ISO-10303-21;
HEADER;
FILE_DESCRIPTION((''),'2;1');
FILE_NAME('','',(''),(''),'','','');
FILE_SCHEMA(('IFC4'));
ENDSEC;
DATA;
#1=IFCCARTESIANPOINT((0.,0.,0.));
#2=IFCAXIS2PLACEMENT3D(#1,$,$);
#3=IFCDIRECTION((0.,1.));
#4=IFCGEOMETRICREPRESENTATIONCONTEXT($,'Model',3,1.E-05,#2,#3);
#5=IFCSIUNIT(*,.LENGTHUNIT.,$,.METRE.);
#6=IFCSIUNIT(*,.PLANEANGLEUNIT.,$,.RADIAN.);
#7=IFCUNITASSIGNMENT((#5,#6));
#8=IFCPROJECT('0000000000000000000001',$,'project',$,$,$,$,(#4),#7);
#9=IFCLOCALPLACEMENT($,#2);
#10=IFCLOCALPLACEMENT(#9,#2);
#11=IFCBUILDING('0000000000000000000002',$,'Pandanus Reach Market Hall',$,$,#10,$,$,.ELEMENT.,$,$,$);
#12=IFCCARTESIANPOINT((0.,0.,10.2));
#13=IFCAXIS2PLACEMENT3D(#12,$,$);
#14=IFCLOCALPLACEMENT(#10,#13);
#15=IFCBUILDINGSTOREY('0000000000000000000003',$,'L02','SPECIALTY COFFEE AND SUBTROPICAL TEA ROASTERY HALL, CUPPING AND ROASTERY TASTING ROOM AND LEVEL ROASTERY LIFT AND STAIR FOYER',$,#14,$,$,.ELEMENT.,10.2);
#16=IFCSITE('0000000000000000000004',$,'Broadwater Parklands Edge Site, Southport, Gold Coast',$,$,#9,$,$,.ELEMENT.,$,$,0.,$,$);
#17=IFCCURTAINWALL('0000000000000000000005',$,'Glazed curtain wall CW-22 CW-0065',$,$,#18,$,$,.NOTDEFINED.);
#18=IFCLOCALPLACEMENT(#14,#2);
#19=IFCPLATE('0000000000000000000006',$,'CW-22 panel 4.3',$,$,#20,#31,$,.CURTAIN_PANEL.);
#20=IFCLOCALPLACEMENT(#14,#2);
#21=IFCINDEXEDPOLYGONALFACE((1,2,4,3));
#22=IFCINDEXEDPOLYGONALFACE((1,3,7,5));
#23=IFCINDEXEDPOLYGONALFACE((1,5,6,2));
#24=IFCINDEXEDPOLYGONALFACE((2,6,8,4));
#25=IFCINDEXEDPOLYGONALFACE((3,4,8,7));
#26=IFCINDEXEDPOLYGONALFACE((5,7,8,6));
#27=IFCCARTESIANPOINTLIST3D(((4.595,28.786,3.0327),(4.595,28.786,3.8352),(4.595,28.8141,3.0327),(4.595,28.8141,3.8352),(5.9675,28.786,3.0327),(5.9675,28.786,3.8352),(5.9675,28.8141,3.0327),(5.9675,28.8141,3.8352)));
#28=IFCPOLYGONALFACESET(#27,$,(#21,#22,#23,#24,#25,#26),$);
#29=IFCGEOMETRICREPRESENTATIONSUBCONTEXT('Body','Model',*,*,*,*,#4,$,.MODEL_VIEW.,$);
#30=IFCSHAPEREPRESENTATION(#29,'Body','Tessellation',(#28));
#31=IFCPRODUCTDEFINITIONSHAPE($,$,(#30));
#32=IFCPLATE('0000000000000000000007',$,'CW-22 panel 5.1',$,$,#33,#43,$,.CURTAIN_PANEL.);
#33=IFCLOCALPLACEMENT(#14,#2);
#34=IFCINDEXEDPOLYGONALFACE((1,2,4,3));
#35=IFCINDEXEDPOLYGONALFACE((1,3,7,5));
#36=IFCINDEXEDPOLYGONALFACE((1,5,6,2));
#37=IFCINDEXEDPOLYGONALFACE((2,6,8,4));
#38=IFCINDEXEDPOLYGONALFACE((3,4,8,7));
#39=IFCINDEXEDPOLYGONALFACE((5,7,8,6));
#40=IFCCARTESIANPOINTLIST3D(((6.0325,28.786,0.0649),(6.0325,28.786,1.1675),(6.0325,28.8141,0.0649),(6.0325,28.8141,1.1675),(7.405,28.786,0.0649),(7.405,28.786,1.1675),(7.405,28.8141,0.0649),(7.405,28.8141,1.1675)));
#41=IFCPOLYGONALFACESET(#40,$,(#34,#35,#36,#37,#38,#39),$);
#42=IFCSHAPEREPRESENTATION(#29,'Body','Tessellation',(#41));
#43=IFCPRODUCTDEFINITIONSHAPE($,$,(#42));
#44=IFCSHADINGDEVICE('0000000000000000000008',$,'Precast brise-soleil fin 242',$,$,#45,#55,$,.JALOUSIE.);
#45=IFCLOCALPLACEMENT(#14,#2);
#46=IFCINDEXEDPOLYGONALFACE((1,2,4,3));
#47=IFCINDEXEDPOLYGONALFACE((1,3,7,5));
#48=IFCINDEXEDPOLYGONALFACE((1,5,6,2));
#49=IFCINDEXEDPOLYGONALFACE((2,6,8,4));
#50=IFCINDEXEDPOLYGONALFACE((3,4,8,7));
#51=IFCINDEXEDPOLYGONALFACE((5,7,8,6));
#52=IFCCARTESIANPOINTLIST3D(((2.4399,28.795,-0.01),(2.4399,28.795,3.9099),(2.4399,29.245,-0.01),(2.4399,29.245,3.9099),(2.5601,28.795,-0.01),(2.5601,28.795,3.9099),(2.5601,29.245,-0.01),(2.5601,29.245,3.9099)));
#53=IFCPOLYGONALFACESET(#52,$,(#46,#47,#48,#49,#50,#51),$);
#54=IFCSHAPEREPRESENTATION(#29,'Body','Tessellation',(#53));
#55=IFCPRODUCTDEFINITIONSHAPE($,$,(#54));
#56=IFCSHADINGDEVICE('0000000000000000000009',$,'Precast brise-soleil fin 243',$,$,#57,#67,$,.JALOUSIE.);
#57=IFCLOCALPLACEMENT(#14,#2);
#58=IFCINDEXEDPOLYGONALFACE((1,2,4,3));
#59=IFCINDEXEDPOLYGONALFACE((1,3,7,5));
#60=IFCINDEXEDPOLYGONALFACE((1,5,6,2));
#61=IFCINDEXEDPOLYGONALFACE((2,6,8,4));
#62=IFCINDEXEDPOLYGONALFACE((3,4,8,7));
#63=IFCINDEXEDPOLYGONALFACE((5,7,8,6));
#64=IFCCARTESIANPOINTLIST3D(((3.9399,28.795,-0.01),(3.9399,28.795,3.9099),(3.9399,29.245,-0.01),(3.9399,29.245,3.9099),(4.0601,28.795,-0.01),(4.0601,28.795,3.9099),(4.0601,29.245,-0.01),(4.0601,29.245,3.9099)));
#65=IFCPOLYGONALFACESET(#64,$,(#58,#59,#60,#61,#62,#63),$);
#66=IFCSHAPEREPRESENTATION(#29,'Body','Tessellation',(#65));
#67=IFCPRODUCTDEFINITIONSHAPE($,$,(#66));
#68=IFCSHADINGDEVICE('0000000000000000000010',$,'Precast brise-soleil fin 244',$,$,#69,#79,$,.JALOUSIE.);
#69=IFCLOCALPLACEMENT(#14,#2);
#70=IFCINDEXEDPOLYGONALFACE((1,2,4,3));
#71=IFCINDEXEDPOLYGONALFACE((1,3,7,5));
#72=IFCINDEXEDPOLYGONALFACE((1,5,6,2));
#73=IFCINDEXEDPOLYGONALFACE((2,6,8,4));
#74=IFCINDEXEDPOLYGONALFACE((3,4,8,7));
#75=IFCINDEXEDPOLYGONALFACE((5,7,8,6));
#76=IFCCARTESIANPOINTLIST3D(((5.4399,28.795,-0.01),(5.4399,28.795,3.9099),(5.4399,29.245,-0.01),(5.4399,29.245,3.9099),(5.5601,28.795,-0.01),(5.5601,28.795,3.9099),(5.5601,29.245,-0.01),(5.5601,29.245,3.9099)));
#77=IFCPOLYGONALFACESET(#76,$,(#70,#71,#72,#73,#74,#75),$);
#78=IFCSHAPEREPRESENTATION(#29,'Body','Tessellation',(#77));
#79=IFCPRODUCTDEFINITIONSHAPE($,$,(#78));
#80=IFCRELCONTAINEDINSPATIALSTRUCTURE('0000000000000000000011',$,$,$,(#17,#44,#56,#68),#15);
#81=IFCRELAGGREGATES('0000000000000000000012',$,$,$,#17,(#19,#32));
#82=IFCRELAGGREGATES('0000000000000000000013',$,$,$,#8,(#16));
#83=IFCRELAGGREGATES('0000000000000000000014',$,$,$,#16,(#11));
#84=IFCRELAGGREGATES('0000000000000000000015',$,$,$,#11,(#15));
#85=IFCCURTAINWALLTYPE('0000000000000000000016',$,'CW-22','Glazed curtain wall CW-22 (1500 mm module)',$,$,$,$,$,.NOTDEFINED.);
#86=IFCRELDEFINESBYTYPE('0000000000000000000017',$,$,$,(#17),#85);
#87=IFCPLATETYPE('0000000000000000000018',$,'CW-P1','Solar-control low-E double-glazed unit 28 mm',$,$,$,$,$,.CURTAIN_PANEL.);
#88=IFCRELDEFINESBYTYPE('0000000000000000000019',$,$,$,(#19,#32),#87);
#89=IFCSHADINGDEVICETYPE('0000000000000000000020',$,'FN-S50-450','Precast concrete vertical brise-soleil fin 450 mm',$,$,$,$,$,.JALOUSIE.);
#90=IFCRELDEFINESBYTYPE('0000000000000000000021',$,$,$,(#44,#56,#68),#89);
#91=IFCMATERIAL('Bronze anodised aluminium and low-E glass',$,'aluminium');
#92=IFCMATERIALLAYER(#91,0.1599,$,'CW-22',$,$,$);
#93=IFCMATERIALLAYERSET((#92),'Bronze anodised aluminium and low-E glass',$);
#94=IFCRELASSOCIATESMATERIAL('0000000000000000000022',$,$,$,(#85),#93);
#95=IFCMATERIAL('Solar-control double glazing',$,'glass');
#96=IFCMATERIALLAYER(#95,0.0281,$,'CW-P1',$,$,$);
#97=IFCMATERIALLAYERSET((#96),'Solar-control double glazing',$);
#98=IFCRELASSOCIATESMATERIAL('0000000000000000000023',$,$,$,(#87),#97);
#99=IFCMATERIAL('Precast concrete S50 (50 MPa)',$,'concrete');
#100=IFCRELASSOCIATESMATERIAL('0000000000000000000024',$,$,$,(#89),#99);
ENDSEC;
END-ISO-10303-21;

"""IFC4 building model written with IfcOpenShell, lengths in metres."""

from ifc_helpers import new_model, si_unit, direction, frame, origin, origin_2d, place, context, subcontext, project, spatial, rectangle, extrude, material, layer, layer_set, type_object, element, aggregate, save


model = new_model("IFC4")

# Units and contexts
model_context = context("Model", 3, precision=1e-05, world=origin(), true_north=direction((0.0, 1.0)))
body_context = subcontext(model_context, "Body", "Model", "MODEL_VIEW")
ifc_project = project(units=[si_unit("LENGTHUNIT", "METRE"), si_unit("PLANEANGLEUNIT", "RADIAN")], contexts=[model_context])

# Site, building, storey
site_placement = place(None, origin())
site = spatial("IfcSite", under=ifc_project, at=site_placement, Name="Broadwater Parklands Edge Site, Southport, Gold Coast", CompositionType="ELEMENT", RefElevation=0.0)
building_placement = place(site_placement, origin())
building = spatial("IfcBuilding", under=site, at=building_placement, Name="Pandanus Reach Market Hall", CompositionType="ELEMENT")
storey_placement = place(building_placement, frame((0.0, 0.0, 10.2)))
storey = spatial("IfcBuildingStorey", under=building, at=storey_placement, Name="L02", Description="SPECIALTY COFFEE AND SUBTROPICAL TEA ROASTERY HALL, CUPPING AND ROASTERY TASTING ROOM AND LEVEL ROASTERY LIFT AND STAIR FOYER", CompositionType="ELEMENT", Elevation=10.2)

# Curtain wall, plates
ifc_material_1 = material(Name="Bronze anodised aluminium and low-E glass", Category="aluminium")
ifc_layer_1 = layer(ifc_material_1, 0.1599, Name="CW-22")
ifc_layer_set_1 = layer_set([ifc_layer_1], Name="Bronze anodised aluminium and low-E glass")
curtain_wall_type = type_object("IfcCurtainWallType", Name="CW-22", Description="Glazed curtain wall CW-22 (1500 mm module)", PredefinedType="NOTDEFINED", material=ifc_layer_set_1)
curtain_wall_placement = place(storey_placement, origin())
curtain_wall = element("IfcCurtainWall", 1, at=curtain_wall_placement, inside=storey, type_object=curtain_wall_type, Name="Glazed curtain wall CW-22 CW-0065", PredefinedType="NOTDEFINED")
ifc_material_2 = material(Name="Solar-control double glazing", Category="glass")
ifc_layer_2 = layer(ifc_material_2, 0.0281, Name="CW-P1")
ifc_layer_set_2 = layer_set([ifc_layer_2], Name="Solar-control double glazing")
plate_type = type_object("IfcPlateType", Name="CW-P1", Description="Solar-control low-E double-glazed unit 28 mm", PredefinedType="CURTAIN_PANEL", material=ifc_layer_set_2)
plate_1_placement = place(storey_placement, frame((5.2812, 28.8, 3.0327), z_axis=(0.0, 0.0, 1.0), x_axis=(1.0, 0.0, 0.0)))
plate_1 = element("IfcPlate", 2, at=plate_1_placement, type_object=plate_type, Name="CW-22 panel 4.3", PredefinedType="CURTAIN_PANEL", context=body_context, shape_type="SweptSolid", body=[
    extrude(rectangle(XDim=1.3726, YDim=0.0281, at=origin_2d()), origin(), (0.0, 0.0, 1.0), 0.8025),
])
plate_2_placement = place(storey_placement, frame((6.7188, 28.8, 0.0649), z_axis=(0.0, 0.0, 1.0), x_axis=(1.0, 0.0, 0.0)))
plate_2 = element("IfcPlate", 3, at=plate_2_placement, type_object=plate_type, Name="CW-22 panel 5.1", PredefinedType="CURTAIN_PANEL", context=body_context, shape_type="SweptSolid", body=[
    extrude(rectangle(XDim=1.3726, YDim=0.0281, at=origin_2d()), origin(), (0.0, 0.0, 1.0), 1.1025),
])
aggregate(curtain_wall, [plate_1, plate_2])

# Shading devices
ifc_material_3 = material(Name="Precast concrete S50 (50 MPa)", Category="concrete")
shading_device_type = type_object("IfcShadingDeviceType", Name="FN-S50-450", Description="Precast concrete vertical brise-soleil fin 450 mm", PredefinedType="JALOUSIE", material=ifc_material_3)
for number, where, z_axis, x_axis, name in (
    (4, (2.5, 29.02, -0.01), (0.0, 0.0, 1.0), (0.0, 1.0, 0.0), "Precast brise-soleil fin 242"),
    (5, (4.0, 29.02, -0.01), (0.0, 0.0, 1.0), (0.0, 1.0, 0.0), "Precast brise-soleil fin 243"),
    (6, (5.5, 29.02, -0.01), (0.0, 0.0, 1.0), (0.0, 1.0, 0.0), "Precast brise-soleil fin 244"),
):
    element("IfcShadingDevice", number, at=place(storey_placement, frame(where, z_axis=z_axis, x_axis=x_axis)), inside=storey, type_object=shading_device_type, Name=name, PredefinedType="JALOUSIE", context=body_context, shape_type="SweptSolid", body=[
        extrude(rectangle(XDim=0.45, YDim=0.1201, at=origin_2d()), origin(), (0.0, 0.0, 1.0), 3.9199),
    ])

save(model, "model.ifc")
